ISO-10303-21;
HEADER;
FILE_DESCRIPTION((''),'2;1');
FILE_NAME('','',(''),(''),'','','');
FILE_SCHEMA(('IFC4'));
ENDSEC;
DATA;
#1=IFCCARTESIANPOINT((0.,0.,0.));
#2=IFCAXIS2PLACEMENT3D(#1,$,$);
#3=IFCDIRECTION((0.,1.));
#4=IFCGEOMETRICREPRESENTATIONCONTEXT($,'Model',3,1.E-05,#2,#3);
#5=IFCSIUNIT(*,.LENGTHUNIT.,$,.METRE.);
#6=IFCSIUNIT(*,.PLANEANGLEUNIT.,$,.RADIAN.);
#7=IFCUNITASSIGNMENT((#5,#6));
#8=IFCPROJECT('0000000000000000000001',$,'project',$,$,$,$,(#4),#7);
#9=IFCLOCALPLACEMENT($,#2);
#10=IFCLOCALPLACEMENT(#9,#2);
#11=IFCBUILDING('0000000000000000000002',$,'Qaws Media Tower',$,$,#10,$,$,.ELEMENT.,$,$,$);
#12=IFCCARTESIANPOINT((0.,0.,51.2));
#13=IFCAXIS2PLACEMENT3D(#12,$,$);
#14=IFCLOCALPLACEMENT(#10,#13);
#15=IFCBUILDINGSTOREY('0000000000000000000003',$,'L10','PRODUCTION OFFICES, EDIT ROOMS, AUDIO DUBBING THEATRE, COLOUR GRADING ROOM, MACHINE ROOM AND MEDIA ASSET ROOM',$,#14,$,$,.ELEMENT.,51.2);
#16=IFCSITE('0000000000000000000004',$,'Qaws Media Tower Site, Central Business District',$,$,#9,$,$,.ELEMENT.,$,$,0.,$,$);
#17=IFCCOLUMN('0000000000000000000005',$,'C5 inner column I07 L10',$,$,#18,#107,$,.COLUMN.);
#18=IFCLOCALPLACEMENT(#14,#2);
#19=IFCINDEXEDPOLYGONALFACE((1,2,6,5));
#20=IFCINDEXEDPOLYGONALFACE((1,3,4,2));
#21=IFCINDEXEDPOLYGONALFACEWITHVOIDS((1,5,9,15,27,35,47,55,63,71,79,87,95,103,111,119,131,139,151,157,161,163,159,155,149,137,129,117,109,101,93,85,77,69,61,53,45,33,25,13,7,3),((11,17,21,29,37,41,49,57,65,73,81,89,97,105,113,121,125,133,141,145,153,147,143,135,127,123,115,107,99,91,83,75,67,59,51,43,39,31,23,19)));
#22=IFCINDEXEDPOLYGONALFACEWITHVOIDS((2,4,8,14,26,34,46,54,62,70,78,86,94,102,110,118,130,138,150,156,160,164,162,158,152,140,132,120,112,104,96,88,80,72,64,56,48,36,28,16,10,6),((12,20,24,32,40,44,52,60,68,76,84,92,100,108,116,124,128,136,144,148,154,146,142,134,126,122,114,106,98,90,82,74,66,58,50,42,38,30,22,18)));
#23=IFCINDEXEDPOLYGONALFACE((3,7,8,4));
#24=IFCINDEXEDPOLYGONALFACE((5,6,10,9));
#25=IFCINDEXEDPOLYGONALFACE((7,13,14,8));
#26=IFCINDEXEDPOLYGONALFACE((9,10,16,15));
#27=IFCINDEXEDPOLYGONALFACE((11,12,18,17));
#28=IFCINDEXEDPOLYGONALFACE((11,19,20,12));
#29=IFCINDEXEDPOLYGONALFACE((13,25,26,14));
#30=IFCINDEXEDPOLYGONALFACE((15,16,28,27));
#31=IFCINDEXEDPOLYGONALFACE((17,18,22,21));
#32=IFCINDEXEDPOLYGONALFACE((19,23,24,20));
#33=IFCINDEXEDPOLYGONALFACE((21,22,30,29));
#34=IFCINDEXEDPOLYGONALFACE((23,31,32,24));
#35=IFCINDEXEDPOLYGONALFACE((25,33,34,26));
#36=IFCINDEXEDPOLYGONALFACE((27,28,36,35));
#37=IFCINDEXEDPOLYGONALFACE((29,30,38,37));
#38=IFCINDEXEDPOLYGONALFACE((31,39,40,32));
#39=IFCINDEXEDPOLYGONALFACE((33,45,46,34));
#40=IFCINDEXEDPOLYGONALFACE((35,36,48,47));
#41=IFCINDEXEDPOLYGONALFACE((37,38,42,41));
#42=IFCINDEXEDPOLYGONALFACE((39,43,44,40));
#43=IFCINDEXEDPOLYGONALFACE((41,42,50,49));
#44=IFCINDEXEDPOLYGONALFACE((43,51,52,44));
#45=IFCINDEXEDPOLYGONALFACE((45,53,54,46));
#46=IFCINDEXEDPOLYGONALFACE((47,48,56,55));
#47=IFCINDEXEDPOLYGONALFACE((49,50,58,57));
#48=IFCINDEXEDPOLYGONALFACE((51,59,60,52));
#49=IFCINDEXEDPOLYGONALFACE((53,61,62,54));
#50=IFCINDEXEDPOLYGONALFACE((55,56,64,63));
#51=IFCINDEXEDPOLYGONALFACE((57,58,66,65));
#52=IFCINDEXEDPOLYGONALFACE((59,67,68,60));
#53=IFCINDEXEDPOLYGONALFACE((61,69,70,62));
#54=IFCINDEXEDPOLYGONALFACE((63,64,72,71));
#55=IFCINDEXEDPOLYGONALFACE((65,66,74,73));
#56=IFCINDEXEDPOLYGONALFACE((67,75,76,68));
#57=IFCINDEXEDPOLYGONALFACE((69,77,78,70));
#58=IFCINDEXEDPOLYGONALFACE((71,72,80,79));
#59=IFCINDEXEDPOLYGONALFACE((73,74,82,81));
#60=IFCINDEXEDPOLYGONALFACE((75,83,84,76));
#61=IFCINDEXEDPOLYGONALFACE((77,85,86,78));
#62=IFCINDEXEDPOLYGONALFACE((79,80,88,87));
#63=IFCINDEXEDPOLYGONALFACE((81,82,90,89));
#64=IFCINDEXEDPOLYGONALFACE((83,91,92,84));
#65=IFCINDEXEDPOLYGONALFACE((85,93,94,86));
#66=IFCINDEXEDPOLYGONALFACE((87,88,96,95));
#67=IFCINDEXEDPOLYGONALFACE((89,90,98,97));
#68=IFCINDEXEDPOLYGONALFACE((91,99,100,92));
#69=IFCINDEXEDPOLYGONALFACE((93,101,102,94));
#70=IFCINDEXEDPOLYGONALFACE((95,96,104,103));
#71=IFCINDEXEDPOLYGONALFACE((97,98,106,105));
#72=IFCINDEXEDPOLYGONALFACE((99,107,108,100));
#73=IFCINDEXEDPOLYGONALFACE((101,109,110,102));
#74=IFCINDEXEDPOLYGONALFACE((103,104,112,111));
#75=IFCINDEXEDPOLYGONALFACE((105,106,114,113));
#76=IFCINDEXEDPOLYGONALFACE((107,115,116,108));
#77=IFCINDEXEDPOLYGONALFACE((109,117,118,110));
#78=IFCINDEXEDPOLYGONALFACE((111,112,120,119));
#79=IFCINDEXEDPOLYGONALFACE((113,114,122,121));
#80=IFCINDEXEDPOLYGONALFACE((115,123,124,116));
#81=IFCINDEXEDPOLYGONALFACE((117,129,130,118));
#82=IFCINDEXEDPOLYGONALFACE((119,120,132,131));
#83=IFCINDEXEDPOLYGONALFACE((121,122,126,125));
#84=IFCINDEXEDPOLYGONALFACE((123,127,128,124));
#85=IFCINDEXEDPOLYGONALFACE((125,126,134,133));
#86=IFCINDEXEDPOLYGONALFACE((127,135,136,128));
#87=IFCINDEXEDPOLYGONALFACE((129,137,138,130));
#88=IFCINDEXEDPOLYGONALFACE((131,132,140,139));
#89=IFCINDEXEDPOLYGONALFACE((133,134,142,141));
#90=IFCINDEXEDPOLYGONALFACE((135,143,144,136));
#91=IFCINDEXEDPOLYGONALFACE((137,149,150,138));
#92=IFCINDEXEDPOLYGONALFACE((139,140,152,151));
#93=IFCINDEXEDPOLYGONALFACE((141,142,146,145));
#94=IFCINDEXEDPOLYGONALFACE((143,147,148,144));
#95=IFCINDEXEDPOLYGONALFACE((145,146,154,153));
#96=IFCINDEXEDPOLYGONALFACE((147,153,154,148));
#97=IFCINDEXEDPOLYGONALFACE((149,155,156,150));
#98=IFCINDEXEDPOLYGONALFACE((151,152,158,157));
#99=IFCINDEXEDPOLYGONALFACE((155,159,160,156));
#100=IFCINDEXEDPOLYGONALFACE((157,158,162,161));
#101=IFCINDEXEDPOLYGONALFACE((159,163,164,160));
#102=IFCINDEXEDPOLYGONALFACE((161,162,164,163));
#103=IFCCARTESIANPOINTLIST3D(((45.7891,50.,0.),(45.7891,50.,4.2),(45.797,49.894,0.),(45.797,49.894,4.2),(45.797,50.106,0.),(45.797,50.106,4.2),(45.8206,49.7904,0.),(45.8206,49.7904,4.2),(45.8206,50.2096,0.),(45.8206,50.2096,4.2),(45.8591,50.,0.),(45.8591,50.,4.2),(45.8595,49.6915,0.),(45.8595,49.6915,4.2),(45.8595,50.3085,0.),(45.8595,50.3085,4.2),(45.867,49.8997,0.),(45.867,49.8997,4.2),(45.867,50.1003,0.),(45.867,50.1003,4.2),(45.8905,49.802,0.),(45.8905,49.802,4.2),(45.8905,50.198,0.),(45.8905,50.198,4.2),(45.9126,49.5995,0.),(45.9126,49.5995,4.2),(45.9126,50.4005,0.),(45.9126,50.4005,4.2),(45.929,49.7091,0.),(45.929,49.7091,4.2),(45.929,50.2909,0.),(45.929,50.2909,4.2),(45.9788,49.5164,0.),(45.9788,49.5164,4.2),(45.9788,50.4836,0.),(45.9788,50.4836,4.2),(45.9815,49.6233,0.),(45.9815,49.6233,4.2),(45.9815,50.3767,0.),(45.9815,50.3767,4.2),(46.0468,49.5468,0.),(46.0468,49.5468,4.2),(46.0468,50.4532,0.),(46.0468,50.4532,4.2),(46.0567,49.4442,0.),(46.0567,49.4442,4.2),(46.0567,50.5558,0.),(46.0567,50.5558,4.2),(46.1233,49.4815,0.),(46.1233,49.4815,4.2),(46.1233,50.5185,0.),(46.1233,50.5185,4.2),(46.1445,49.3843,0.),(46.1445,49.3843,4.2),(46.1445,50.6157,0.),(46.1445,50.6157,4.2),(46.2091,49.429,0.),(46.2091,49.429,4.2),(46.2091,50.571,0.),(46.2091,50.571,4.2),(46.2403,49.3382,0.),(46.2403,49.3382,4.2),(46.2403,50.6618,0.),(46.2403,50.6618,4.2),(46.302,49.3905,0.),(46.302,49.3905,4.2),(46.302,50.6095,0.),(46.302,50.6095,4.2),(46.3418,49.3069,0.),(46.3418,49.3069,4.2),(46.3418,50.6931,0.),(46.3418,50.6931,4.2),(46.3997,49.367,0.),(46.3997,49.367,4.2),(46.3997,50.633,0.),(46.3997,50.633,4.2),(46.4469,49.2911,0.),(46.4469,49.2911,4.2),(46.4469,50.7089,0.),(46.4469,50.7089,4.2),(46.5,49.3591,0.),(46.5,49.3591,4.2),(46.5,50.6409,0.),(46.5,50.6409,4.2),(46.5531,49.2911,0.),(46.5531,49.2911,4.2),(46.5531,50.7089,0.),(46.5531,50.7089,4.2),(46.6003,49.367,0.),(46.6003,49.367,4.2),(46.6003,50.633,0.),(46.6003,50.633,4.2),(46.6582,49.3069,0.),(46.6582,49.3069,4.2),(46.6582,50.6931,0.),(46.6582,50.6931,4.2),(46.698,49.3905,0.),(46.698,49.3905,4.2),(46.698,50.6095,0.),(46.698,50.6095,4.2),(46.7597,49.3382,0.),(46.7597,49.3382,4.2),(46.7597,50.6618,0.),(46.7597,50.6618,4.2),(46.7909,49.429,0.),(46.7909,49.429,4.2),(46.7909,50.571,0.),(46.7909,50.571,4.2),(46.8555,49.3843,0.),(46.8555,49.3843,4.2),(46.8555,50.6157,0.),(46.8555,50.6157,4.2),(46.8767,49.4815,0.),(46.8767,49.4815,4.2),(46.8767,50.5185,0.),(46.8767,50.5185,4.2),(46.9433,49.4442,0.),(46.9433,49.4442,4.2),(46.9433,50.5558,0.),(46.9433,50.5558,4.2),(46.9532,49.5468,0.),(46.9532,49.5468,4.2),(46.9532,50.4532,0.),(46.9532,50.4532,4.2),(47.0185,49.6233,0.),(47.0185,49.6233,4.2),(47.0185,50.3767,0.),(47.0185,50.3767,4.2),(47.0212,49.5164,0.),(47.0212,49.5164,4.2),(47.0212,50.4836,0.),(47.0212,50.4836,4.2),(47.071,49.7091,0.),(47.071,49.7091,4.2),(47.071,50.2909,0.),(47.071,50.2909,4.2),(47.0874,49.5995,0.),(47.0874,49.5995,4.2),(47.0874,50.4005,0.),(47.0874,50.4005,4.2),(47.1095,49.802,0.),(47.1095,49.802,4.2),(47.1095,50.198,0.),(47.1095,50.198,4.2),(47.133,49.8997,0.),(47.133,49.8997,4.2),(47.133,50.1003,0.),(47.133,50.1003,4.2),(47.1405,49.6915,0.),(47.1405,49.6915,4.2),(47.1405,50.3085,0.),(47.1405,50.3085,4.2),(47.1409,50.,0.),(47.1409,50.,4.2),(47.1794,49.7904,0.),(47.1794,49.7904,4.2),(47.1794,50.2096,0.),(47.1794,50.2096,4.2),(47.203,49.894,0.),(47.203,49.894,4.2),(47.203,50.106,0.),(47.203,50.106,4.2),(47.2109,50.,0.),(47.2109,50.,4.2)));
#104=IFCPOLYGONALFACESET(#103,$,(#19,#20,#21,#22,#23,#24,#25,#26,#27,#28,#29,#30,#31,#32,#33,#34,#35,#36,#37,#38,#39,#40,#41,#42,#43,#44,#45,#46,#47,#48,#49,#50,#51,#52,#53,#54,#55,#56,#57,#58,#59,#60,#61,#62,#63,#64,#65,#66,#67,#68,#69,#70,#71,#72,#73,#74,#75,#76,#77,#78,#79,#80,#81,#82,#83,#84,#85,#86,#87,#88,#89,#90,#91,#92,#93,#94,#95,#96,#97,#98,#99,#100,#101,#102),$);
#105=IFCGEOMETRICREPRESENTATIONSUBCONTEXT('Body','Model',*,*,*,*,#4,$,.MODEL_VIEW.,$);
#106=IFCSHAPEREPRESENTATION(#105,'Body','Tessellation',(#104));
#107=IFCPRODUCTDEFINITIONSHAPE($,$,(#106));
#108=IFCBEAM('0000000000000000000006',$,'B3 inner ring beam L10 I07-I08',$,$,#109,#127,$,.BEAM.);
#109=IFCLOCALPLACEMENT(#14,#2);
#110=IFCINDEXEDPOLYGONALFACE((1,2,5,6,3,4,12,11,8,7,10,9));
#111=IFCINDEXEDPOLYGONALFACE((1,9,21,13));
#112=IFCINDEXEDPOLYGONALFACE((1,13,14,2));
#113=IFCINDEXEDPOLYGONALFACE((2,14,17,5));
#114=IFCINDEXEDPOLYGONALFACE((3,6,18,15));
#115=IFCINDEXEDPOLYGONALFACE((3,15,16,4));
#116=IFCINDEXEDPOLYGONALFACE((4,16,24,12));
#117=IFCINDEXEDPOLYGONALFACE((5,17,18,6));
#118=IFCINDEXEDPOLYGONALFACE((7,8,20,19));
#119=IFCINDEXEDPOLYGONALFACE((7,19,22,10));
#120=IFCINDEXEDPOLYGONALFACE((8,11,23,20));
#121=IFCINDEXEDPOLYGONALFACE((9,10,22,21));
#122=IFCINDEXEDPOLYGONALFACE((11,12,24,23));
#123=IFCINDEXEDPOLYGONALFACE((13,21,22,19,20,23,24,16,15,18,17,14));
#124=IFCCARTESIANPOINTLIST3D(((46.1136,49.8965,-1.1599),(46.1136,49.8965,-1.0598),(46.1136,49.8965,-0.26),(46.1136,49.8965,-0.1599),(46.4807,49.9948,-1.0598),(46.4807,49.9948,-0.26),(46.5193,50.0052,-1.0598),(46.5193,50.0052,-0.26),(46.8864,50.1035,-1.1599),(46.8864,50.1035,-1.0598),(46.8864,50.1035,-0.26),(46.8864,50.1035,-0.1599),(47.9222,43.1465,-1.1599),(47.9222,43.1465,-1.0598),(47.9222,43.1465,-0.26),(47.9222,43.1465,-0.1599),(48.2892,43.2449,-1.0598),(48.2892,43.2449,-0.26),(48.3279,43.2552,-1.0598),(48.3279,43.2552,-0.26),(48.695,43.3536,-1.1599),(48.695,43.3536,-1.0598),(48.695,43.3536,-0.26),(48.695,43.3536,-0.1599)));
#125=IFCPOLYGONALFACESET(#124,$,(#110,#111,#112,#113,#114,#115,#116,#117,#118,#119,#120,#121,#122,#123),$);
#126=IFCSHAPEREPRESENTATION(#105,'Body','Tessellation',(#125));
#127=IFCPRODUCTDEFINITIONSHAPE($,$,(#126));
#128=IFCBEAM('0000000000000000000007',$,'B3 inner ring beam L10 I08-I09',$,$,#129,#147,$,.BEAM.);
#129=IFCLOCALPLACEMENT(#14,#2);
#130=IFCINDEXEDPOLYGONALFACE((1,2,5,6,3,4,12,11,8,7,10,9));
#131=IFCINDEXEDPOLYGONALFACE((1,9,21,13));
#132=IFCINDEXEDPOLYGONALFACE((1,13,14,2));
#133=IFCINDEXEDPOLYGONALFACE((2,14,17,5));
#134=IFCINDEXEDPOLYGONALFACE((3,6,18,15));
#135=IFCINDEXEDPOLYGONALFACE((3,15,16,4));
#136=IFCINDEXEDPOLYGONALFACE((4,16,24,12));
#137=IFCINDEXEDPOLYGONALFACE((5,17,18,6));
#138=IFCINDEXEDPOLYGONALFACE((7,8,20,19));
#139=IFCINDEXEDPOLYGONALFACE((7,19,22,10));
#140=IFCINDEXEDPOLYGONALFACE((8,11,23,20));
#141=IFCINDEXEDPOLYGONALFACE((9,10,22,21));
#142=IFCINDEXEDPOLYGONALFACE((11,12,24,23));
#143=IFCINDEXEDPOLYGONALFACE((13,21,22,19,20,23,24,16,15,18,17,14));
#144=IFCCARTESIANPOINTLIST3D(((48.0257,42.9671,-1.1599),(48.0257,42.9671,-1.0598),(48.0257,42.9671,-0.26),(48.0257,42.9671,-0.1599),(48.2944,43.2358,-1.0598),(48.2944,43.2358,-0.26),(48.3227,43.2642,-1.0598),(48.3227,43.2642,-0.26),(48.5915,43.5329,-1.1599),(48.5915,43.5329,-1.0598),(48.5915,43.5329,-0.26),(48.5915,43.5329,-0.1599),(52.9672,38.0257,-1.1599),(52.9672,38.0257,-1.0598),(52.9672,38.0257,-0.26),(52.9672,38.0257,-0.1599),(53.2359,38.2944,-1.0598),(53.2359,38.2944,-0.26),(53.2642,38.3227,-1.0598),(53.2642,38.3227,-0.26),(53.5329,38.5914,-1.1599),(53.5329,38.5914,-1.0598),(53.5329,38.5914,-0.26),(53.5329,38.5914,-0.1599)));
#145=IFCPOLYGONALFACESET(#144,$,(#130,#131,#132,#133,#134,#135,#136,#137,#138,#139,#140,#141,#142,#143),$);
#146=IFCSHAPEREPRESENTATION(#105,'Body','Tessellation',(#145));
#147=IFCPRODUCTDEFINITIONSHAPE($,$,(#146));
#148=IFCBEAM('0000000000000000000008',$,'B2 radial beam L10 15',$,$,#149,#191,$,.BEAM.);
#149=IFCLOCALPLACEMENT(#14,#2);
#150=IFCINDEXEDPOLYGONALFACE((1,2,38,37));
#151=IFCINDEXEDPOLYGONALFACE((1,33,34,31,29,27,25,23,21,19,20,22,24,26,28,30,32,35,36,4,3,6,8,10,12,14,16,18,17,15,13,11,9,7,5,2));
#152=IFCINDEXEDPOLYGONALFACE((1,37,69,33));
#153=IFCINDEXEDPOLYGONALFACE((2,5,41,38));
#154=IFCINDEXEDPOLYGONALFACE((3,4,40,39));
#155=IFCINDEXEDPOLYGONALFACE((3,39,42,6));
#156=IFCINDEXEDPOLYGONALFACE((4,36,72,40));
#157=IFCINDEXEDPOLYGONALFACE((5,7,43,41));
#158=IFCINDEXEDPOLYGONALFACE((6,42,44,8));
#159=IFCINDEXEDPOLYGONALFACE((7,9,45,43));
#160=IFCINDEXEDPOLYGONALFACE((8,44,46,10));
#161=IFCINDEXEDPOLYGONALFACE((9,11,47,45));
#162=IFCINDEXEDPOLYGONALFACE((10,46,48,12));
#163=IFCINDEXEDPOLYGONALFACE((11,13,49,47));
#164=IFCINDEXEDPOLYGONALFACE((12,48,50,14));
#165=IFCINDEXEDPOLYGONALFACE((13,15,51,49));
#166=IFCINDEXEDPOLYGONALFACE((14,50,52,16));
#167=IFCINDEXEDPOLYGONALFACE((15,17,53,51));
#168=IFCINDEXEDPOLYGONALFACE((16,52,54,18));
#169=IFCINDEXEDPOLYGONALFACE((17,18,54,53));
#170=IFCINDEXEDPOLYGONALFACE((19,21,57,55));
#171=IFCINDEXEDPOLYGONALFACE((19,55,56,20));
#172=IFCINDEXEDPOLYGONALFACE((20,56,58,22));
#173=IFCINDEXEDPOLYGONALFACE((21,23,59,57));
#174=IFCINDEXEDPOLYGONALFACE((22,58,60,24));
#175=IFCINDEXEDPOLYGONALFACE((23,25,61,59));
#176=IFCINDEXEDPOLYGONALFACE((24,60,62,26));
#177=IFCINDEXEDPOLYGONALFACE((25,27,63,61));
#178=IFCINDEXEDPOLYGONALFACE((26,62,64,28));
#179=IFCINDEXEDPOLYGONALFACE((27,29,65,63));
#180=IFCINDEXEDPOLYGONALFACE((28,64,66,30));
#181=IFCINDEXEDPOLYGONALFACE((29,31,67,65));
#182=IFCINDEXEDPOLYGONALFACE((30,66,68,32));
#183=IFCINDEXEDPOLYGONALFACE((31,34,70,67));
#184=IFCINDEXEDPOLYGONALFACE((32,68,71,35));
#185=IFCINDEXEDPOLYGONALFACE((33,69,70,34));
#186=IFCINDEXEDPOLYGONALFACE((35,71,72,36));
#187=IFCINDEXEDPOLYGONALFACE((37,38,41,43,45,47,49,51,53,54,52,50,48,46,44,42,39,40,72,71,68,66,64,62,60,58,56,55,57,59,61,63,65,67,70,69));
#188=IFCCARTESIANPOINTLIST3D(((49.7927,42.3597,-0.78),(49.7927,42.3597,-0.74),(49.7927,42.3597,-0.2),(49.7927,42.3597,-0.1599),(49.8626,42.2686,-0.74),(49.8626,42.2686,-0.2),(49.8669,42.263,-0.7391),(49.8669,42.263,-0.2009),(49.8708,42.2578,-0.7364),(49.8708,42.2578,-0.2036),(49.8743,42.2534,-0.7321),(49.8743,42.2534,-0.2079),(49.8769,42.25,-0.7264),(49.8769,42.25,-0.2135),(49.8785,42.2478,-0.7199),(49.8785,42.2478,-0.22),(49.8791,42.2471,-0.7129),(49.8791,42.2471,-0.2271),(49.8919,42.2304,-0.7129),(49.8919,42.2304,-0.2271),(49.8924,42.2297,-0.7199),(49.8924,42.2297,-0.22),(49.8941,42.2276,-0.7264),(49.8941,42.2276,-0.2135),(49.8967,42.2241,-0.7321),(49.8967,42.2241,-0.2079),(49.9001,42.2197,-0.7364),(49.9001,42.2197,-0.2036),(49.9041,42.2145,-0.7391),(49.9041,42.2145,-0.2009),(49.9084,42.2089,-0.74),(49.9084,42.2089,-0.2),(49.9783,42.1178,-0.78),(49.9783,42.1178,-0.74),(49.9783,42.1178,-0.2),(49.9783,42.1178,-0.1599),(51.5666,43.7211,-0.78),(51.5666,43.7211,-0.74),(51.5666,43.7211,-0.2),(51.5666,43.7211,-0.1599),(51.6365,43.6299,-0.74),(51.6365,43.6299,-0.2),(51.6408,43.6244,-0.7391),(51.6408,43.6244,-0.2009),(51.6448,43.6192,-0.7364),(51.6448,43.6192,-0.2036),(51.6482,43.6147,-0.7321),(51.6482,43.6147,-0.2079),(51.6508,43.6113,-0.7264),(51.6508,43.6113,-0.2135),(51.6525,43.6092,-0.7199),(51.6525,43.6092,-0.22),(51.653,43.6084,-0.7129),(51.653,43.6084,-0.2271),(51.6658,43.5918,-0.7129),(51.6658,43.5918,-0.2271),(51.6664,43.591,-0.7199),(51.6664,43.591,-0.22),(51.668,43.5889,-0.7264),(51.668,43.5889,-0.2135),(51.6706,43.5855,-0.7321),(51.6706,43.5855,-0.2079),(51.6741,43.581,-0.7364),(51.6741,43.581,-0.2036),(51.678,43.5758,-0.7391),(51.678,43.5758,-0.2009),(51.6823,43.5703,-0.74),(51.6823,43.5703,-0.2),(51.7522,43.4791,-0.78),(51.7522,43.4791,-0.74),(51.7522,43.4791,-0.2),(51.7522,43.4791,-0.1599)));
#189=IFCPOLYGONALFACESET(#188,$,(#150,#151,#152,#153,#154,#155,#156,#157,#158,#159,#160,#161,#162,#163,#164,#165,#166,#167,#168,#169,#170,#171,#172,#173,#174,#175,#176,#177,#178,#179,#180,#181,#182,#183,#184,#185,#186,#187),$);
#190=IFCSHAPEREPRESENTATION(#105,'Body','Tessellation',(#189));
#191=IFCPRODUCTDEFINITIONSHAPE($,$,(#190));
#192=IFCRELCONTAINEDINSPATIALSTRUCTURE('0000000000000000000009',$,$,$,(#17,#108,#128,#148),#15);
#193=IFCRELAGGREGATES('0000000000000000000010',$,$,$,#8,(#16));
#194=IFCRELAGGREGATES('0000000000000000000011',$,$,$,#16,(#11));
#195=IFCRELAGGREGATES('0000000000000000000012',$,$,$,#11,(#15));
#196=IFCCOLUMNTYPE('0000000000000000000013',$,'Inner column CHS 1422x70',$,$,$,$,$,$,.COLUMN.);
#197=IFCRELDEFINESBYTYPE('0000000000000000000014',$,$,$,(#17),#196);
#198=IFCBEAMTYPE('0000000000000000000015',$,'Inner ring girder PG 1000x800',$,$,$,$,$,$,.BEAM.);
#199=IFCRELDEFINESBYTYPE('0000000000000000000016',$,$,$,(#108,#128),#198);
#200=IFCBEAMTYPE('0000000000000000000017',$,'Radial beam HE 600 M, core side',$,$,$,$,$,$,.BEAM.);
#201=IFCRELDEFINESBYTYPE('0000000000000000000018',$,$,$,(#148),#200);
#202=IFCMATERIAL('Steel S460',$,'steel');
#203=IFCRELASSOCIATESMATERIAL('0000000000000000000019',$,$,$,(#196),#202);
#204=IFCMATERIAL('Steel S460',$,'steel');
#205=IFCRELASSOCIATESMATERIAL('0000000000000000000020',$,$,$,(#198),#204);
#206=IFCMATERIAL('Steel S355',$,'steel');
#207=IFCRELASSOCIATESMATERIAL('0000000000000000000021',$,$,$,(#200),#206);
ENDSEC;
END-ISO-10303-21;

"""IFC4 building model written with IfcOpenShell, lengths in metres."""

from ifc_helpers import new_model, si_unit, direction, frame, origin, origin_2d, place, context, subcontext, project, spatial, hollow_circle, i_section, extrude, material, material_profile, profile_set, type_object, element, save


model = new_model("IFC4")

# Units and contexts
model_context = context("Model", 3, precision=1e-05, world=origin(), true_north=direction((0.0, 1.0)))
body_context = subcontext(model_context, "Body", "Model", "MODEL_VIEW")
ifc_project = project(units=[si_unit("LENGTHUNIT", "METRE"), si_unit("PLANEANGLEUNIT", "RADIAN")], contexts=[model_context])

# Site, building, storey
site_placement = place(None, origin())
site = spatial("IfcSite", under=ifc_project, at=site_placement, Name="Qaws Media Tower Site, Central Business District", CompositionType="ELEMENT", RefElevation=0.0)
building_placement = place(site_placement, origin())
building = spatial("IfcBuilding", under=site, at=building_placement, Name="Qaws Media Tower", CompositionType="ELEMENT")
storey_placement = place(building_placement, frame((0.0, 0.0, 51.2)))
storey = spatial("IfcBuildingStorey", under=building, at=storey_placement, Name="L10", Description="PRODUCTION OFFICES, EDIT ROOMS, AUDIO DUBBING THEATRE, COLOUR GRADING ROOM, MACHINE ROOM AND MEDIA ASSET ROOM", CompositionType="ELEMENT", Elevation=51.2)

# Column
ifc_material_1 = material(Name="Steel S460", Category="steel")
ifc_material_profile_1 = material_profile(ifc_material_1, hollow_circle(Radius=0.7109, WallThickness=0.0701, at=origin_2d()), Name="CHS 1422x70")
ifc_profile_set_1 = profile_set([ifc_material_profile_1], Name="Steel S460")
column_type = type_object("IfcColumnType", Name="Inner column CHS 1422x70", PredefinedType="COLUMN", material=ifc_profile_set_1)
column_placement = place(storey_placement, frame((46.5, 50.0, 0.0), z_axis=(0.0, 0.0, 1.0), x_axis=(1.0, 0.0, 0.0)))
element("IfcColumn", 1, at=column_placement, inside=storey, type_object=column_type, Name="C5 inner column I07 L10", PredefinedType="COLUMN", context=body_context, shape_type="SweptSolid", body=[
    extrude(hollow_circle(Radius=0.7109, WallThickness=0.0701, at=origin_2d()), origin(), (0.0, 0.0, 1.0), 4.2),
])

# Beams
ifc_material_2 = material(Name="Steel S460", Category="steel")
ifc_material_profile_2 = material_profile(ifc_material_2, i_section(OverallWidth=0.8, OverallDepth=1.0, WebThickness=0.04, FlangeThickness=0.1001, at=origin_2d()), Name="PG 1000x800")
ifc_profile_set_2 = profile_set([ifc_material_profile_2], Name="Steel S460")
beam_type_1 = type_object("IfcBeamType", Name="Inner ring girder PG 1000x800", PredefinedType="BEAM", material=ifc_profile_set_2)
beam_1_placement = place(storey_placement, frame((46.5, 50.0, -0.6599), z_axis=(0.258811, -0.965928, 0.0), x_axis=(0.965928, 0.258811, 0.0)))
element("IfcBeam", 2, at=beam_1_placement, inside=storey, type_object=beam_type_1, Name="B3 inner ring beam L10 I07-I08", PredefinedType="BEAM", context=body_context, shape_type="SweptSolid", body=[
    extrude(i_section(OverallWidth=0.8, OverallDepth=1.0, WebThickness=0.04, FlangeThickness=0.1001, at=origin_2d()), origin(), (0.0, 0.0, 1.0), 6.988),
])
beam_2_placement = place(storey_placement, frame((48.3086, 43.25, -0.6599), z_axis=(0.707107, -0.707107, 0.0), x_axis=(0.707107, 0.707107, 0.0)))
element("IfcBeam", 3, at=beam_2_placement, inside=storey, type_object=beam_type_1, Name="B3 inner ring beam L10 I08-I09", PredefinedType="BEAM", context=body_context, shape_type="SweptSolid", body=[
    extrude(i_section(OverallWidth=0.8, OverallDepth=1.0, WebThickness=0.04, FlangeThickness=0.1001, at=origin_2d()), origin(), (0.0, 0.0, 1.0), 6.9883),
])
ifc_material_3 = material(Name="Steel S355", Category="steel")
ifc_material_profile_3 = material_profile(ifc_material_3, i_section(OverallWidth=0.3049, OverallDepth=0.6201, WebThickness=0.021, FlangeThickness=0.04, FilletRadius=0.0271, at=origin_2d()), Name="HE 600 M")
ifc_profile_set_3 = profile_set([ifc_material_profile_3], Name="Steel S355")
beam_type_2 = type_object("IfcBeamType", Name="Radial beam HE 600 M, core side", PredefinedType="BEAM", material=ifc_profile_set_3)
beam_3_placement = place(storey_placement, frame((51.6594, 43.6001, -0.47), z_axis=(-0.793322, -0.608803, 0.0), x_axis=(0.608803, -0.793322, 0.0)))
element("IfcBeam", 4, at=beam_3_placement, inside=storey, type_object=beam_type_2, Name="B2 radial beam L10 15", PredefinedType="BEAM", context=body_context, shape_type="SweptSolid", body=[
    extrude(i_section(OverallWidth=0.3049, OverallDepth=0.6201, WebThickness=0.021, FlangeThickness=0.04, FilletRadius=0.0271, at=origin_2d()), origin(), (0.0, 0.0, 1.0), 2.2361),
])

save(model, "model.ifc")
